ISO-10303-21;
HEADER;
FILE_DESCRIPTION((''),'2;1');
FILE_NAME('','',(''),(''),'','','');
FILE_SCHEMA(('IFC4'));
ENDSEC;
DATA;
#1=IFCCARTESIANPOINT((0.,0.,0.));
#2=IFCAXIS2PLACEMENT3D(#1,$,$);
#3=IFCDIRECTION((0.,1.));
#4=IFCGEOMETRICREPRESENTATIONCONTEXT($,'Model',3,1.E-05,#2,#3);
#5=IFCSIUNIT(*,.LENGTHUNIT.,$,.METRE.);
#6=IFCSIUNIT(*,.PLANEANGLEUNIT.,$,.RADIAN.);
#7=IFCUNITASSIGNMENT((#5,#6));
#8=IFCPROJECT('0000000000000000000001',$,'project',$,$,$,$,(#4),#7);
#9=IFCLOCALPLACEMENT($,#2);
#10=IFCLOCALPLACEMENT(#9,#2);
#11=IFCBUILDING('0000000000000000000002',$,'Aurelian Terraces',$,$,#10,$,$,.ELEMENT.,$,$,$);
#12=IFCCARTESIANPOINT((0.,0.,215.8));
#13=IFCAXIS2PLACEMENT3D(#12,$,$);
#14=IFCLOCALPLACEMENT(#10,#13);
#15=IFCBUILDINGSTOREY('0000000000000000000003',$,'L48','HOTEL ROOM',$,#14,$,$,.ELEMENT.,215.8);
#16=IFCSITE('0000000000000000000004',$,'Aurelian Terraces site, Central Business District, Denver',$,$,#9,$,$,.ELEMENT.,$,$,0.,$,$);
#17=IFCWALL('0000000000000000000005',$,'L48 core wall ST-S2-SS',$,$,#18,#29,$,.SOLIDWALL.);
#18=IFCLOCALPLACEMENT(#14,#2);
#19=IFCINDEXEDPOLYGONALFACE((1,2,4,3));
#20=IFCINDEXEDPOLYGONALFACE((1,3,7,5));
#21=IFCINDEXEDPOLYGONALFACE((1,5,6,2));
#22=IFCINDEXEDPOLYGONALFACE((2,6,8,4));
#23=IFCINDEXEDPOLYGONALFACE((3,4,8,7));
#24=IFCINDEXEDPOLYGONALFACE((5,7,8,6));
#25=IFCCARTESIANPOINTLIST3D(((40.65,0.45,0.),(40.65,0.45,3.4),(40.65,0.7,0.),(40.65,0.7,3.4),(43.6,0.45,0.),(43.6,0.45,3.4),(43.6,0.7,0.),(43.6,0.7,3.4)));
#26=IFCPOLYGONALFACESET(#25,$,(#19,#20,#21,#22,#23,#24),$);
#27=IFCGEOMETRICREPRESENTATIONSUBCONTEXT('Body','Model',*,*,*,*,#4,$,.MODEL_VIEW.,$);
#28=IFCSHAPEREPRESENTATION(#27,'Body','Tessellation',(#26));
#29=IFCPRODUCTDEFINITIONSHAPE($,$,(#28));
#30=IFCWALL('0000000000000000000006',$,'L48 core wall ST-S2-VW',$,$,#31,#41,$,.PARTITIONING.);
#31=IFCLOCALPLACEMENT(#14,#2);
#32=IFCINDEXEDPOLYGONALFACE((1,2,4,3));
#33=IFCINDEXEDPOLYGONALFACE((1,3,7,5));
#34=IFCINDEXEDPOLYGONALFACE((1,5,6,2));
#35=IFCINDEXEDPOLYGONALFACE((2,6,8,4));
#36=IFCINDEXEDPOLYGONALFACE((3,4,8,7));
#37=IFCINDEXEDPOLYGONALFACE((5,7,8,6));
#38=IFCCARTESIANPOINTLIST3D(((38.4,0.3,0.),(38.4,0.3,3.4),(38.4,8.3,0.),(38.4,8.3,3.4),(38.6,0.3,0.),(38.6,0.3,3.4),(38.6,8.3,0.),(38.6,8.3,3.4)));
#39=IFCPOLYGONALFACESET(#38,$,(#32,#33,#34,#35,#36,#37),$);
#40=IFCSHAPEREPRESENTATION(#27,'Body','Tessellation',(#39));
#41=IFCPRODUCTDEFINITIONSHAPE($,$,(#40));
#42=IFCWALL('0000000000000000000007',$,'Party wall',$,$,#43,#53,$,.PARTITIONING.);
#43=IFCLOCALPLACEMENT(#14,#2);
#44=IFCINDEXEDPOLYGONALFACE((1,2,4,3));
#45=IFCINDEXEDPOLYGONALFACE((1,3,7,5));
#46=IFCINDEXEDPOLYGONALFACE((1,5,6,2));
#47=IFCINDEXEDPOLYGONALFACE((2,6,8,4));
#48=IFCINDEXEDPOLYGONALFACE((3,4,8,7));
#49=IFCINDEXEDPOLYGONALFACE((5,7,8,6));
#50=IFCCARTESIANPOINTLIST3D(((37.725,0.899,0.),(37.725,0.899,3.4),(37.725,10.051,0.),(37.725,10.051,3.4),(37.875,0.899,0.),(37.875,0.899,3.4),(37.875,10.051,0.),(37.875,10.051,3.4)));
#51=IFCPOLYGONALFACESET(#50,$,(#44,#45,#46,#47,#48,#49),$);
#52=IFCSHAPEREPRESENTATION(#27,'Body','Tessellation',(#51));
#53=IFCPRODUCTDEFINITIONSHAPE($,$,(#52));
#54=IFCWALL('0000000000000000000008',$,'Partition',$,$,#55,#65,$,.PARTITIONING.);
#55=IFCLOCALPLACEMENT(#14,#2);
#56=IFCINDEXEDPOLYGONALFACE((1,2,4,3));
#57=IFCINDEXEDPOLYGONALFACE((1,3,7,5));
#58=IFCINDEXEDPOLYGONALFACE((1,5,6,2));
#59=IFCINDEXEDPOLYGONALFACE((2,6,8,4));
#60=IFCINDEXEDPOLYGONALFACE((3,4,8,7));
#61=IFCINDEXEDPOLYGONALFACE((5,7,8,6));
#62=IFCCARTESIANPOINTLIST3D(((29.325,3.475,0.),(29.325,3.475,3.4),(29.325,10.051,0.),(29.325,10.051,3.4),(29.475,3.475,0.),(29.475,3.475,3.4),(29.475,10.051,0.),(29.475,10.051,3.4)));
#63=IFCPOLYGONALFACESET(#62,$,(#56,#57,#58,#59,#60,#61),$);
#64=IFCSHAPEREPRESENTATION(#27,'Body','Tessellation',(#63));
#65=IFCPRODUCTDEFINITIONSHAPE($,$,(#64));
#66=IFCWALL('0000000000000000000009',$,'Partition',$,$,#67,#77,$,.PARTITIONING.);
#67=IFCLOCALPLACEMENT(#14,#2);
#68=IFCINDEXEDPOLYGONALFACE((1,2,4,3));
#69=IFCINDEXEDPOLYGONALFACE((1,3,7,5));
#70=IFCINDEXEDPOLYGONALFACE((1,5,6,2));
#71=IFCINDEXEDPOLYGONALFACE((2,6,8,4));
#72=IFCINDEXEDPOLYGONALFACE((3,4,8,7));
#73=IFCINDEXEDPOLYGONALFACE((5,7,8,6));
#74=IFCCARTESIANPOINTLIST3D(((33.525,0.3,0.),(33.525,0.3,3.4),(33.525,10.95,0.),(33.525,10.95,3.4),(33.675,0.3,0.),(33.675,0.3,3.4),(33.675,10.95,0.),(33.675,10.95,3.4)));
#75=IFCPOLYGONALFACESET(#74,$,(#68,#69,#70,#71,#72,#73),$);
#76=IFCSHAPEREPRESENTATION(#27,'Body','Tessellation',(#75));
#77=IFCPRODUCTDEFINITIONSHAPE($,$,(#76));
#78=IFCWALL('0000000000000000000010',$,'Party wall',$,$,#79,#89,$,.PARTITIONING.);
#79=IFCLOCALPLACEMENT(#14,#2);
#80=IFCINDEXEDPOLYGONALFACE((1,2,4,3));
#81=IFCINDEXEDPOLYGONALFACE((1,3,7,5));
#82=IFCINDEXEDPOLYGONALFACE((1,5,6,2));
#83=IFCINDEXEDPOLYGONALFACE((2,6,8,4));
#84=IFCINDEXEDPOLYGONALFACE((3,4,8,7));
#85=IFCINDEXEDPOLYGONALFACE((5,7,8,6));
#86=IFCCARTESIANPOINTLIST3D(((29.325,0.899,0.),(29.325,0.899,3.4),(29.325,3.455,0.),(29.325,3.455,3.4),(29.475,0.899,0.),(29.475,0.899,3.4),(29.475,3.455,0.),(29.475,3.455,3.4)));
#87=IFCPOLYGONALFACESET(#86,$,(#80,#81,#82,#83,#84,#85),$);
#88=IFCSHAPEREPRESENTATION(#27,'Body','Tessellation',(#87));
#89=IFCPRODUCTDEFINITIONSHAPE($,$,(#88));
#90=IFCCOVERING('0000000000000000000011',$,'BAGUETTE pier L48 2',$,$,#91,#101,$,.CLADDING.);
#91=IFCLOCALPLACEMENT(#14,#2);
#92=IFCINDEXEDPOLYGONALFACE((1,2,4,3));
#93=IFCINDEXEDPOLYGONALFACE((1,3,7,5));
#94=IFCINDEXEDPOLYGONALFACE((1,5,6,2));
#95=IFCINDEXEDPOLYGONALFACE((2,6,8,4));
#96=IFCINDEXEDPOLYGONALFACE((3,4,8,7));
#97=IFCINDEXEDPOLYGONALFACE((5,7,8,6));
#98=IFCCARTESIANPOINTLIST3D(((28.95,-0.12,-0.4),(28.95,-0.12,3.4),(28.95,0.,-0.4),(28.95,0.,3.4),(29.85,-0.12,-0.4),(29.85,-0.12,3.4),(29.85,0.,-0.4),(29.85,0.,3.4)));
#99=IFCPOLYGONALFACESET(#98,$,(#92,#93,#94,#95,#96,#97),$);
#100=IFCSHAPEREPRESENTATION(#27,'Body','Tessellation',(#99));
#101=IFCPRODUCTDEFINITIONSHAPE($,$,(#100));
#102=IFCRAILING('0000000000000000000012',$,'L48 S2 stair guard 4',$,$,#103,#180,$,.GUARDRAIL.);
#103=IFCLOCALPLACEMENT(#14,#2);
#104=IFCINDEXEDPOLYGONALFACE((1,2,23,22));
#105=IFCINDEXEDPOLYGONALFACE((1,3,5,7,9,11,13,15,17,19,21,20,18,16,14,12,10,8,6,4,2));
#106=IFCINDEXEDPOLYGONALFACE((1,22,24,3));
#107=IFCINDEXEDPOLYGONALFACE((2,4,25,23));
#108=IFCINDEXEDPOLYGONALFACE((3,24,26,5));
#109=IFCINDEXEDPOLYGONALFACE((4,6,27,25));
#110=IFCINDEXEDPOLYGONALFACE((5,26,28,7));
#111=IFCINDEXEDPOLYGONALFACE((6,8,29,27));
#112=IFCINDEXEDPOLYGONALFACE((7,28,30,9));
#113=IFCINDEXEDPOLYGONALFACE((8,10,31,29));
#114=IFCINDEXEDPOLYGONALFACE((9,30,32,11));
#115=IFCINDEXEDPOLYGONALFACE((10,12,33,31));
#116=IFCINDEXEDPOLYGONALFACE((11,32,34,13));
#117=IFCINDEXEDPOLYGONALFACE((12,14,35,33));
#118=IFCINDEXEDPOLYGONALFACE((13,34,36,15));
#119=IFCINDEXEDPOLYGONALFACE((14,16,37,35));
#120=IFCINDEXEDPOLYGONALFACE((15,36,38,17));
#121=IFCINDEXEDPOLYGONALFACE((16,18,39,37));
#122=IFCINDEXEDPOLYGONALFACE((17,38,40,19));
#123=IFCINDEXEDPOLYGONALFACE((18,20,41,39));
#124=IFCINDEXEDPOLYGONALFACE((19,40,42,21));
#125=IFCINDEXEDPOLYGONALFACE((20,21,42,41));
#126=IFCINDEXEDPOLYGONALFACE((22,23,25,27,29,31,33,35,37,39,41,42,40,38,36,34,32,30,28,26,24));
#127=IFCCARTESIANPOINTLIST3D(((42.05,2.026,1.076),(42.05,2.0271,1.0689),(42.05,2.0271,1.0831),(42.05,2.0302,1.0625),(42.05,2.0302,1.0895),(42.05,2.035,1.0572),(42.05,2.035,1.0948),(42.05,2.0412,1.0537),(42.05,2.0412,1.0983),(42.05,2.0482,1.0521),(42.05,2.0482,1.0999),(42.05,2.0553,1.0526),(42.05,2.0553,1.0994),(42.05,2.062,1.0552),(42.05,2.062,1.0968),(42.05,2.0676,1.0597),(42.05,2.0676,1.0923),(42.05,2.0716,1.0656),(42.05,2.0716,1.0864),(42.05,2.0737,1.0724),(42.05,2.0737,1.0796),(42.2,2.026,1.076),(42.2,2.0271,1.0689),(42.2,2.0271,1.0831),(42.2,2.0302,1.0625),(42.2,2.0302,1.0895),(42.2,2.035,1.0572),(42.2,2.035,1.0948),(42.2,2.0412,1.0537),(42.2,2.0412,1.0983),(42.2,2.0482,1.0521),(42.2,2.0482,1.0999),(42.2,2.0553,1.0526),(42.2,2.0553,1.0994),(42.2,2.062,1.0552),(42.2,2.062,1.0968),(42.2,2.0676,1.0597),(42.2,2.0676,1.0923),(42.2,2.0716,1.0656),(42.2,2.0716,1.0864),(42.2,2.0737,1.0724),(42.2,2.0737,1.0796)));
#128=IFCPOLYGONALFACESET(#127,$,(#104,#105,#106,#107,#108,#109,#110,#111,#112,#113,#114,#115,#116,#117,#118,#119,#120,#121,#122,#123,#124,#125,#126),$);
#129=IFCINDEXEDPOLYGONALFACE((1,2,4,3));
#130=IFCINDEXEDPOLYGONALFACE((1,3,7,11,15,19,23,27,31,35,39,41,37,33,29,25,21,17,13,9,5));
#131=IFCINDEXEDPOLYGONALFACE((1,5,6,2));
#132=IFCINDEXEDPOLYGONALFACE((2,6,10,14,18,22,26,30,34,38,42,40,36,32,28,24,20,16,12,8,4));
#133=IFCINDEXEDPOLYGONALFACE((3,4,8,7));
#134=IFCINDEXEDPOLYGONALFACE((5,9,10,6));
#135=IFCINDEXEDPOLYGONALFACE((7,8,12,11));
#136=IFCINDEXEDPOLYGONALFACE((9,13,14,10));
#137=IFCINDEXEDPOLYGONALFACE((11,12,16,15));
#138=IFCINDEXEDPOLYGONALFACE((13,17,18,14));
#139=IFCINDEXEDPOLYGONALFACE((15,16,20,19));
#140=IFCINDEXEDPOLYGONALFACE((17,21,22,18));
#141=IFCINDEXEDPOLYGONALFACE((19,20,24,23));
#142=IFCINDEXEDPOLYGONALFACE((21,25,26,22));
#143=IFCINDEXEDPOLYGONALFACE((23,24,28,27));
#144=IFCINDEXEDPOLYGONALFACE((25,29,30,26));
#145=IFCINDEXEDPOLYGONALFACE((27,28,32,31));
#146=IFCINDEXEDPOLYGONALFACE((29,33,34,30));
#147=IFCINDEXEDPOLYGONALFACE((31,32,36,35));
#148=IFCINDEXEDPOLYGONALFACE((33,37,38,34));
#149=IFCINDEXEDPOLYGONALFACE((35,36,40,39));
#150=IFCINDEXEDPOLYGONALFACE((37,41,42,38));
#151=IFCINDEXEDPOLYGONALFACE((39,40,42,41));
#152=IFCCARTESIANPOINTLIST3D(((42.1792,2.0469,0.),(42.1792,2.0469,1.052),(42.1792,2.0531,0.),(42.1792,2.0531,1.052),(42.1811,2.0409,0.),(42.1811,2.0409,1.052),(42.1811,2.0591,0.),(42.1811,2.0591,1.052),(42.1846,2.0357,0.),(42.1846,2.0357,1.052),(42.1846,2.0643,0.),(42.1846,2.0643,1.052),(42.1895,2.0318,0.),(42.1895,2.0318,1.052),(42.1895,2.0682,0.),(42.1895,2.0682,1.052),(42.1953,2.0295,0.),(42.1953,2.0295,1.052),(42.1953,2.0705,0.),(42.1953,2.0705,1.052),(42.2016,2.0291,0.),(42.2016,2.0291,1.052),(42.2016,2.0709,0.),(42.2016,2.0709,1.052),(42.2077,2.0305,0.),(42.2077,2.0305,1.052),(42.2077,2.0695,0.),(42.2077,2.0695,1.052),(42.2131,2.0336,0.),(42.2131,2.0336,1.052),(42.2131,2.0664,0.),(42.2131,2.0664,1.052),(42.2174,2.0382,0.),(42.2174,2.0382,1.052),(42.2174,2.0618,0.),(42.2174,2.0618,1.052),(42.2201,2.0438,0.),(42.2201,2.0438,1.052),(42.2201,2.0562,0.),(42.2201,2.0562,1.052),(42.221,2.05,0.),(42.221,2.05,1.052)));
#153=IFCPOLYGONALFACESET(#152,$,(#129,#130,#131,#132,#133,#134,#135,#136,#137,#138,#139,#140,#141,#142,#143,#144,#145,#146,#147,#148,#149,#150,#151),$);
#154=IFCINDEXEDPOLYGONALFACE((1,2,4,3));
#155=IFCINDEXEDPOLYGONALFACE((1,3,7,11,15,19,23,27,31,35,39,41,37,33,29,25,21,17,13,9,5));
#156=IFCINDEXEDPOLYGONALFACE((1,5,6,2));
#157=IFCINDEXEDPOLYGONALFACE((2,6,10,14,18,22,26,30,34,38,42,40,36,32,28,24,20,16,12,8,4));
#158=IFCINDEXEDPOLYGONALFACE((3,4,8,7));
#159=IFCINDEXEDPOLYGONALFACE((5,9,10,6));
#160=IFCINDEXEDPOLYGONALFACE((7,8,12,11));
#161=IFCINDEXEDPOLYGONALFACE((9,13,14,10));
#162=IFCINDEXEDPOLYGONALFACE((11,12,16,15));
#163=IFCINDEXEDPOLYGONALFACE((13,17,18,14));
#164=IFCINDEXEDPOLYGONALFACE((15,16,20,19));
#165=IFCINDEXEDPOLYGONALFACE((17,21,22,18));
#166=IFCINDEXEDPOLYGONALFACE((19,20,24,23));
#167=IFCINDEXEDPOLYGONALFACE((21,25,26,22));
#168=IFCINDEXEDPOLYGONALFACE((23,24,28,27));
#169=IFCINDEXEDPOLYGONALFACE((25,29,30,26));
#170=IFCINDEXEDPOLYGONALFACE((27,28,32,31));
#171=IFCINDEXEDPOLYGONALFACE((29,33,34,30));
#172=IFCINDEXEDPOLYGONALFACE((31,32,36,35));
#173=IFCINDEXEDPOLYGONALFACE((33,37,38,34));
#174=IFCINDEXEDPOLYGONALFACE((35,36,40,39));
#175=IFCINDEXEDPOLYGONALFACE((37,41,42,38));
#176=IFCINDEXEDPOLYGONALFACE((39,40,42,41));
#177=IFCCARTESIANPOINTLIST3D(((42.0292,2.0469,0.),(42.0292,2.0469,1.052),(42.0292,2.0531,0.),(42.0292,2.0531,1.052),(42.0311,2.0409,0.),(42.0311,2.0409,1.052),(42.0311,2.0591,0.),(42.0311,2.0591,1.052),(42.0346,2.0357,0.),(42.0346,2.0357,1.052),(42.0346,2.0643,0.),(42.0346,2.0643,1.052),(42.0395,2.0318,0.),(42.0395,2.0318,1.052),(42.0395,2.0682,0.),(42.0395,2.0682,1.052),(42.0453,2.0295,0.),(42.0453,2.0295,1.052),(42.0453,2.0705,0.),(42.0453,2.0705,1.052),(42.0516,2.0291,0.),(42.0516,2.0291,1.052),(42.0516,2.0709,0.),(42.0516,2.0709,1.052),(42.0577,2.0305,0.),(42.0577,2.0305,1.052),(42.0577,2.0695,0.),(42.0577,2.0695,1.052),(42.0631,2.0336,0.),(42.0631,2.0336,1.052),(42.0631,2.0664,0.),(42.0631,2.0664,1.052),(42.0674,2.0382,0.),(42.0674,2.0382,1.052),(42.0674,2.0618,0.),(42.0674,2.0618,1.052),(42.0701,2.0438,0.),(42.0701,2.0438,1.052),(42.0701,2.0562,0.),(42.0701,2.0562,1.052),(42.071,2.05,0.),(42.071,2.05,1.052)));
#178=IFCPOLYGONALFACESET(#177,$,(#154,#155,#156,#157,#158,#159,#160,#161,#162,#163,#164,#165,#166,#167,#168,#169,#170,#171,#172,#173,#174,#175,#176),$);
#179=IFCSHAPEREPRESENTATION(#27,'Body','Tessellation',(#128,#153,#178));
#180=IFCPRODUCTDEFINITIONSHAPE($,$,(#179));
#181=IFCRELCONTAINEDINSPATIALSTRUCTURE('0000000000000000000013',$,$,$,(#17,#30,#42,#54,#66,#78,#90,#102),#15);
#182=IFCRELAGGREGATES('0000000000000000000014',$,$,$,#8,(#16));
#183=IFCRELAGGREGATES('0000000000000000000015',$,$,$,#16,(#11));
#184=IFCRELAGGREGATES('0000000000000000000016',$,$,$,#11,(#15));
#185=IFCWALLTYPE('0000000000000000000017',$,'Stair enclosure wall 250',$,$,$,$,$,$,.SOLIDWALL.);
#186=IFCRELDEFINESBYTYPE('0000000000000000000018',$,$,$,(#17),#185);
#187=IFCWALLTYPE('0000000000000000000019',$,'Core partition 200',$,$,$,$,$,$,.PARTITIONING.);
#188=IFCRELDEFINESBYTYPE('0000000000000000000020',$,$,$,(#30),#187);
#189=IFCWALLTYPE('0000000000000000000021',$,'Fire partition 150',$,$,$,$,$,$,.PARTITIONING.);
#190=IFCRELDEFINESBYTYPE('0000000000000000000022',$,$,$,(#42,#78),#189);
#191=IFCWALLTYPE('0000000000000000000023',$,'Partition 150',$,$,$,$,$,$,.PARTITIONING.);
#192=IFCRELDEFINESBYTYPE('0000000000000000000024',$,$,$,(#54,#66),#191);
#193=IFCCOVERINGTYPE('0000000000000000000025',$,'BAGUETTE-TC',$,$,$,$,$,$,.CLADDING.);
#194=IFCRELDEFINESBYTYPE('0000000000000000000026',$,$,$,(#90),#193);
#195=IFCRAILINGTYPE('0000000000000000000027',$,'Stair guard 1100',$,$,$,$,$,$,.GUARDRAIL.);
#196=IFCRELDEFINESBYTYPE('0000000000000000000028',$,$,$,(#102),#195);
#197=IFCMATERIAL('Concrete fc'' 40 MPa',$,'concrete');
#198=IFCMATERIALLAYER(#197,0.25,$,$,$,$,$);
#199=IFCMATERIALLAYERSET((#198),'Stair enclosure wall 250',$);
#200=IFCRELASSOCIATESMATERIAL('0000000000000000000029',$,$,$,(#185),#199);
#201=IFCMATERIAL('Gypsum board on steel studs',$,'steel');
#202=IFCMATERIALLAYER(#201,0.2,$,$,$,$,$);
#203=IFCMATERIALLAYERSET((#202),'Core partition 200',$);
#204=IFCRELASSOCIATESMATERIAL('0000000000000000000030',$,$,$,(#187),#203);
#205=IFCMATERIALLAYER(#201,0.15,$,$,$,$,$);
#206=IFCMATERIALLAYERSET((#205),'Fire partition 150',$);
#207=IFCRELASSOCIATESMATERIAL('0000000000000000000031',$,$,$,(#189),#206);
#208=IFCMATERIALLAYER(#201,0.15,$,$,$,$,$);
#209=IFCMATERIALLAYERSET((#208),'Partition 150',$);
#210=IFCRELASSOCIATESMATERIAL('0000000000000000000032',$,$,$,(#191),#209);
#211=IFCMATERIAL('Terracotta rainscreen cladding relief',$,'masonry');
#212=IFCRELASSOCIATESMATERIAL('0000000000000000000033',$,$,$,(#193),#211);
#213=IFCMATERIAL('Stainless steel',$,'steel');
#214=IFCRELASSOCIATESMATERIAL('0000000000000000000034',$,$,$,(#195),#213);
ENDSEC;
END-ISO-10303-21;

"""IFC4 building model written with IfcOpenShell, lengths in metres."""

from ifc_helpers import new_model, si_unit, direction, frame, frame_2d, origin, origin_2d, place, context, subcontext, project, spatial, rectangle, circle, extrude, source, transform, mapped, material, layer, layer_set, type_object, element, save


model = new_model("IFC4")

# Units and contexts
model_context = context("Model", 3, precision=1e-05, world=origin(), true_north=direction((0.0, 1.0)))
body_context = subcontext(model_context, "Body", "Model", "MODEL_VIEW")
ifc_project = project(units=[si_unit("LENGTHUNIT", "METRE"), si_unit("PLANEANGLEUNIT", "RADIAN")], contexts=[model_context])

# Site, building, storey
site_placement = place(None, origin())
site = spatial("IfcSite", under=ifc_project, at=site_placement, Name="Aurelian Terraces site, Central Business District, Denver", CompositionType="ELEMENT", RefElevation=0.0)
building_placement = place(site_placement, origin())
building = spatial("IfcBuilding", under=site, at=building_placement, Name="Aurelian Terraces", CompositionType="ELEMENT")
storey_placement = place(building_placement, frame((0.0, 0.0, 215.8)))
storey = spatial("IfcBuildingStorey", under=building, at=storey_placement, Name="L48", Description="HOTEL ROOM", CompositionType="ELEMENT", Elevation=215.8)

# Shared definitions
ifc_material_1 = material(Name="Concrete fc' 40 MPa", Category="concrete")

# Shared definitions
ifc_layer_1 = layer(ifc_material_1, 0.25)
ifc_layer_set_1 = layer_set([ifc_layer_1], Name="Stair enclosure wall 250")
wall_type_1 = type_object("IfcWallType", Name="Stair enclosure wall 250", PredefinedType="SOLIDWALL", material=ifc_layer_set_1)

# Walls
shared_shape_1 = source(origin(), body_context, "Body", "SweptSolid", [
    extrude(rectangle(XDim=2.95, YDim=0.25, at=frame_2d((1.475, 0.0))), origin(), (0.0, 0.0, 1.0), 3.4),
])
wall_1_placement = place(storey_placement, frame((40.65, 0.575, 0.0), z_axis=(0.0, 0.0, 1.0), x_axis=(1.0, 0.0, 0.0)))
element("IfcWall", 1, at=wall_1_placement, inside=storey, type_object=wall_type_1, Name="L48 core wall ST-S2-SS", PredefinedType="SOLIDWALL", context=body_context, shape_type="MappedRepresentation", body=[
    mapped(shared_shape_1, transform((0.0, 0.0, 0.0), scale=1.0)),
])
ifc_material_2 = material(Name="Gypsum board on steel studs", Category="steel")
ifc_layer_2 = layer(ifc_material_2, 0.2)
ifc_layer_set_2 = layer_set([ifc_layer_2], Name="Core partition 200")
wall_type_2 = type_object("IfcWallType", Name="Core partition 200", PredefinedType="PARTITIONING", material=ifc_layer_set_2)
shared_shape_2 = source(origin(), body_context, "Body", "SweptSolid", [
    extrude(rectangle(XDim=8.0, YDim=0.2, at=frame_2d((4.0, 0.0))), origin(), (0.0, 0.0, 1.0), 3.4),
])
wall_2_placement = place(storey_placement, frame((38.5, 0.3, 0.0), z_axis=(0.0, 0.0, 1.0), x_axis=(0.0, 1.0, 0.0)))
element("IfcWall", 2, at=wall_2_placement, inside=storey, type_object=wall_type_2, Name="L48 core wall ST-S2-VW", PredefinedType="PARTITIONING", context=body_context, shape_type="MappedRepresentation", body=[
    mapped(shared_shape_2, transform((0.0, 0.0, 0.0), scale=1.0)),
])
ifc_layer_3 = layer(ifc_material_2, 0.15)
ifc_layer_set_3 = layer_set([ifc_layer_3], Name="Fire partition 150")
wall_type_3 = type_object("IfcWallType", Name="Fire partition 150", PredefinedType="PARTITIONING", material=ifc_layer_set_3)
shared_shape_3 = source(origin(), body_context, "Body", "SweptSolid", [
    extrude(rectangle(XDim=9.152, YDim=0.15, at=frame_2d((4.576, 0.0))), origin(), (0.0, 0.0, 1.0), 3.4),
])
wall_3_placement = place(storey_placement, frame((37.8, 0.899, 0.0), z_axis=(0.0, 0.0, 1.0), x_axis=(0.0, 1.0, 0.0)))
element("IfcWall", 3, at=wall_3_placement, inside=storey, type_object=wall_type_3, Name="Party wall", PredefinedType="PARTITIONING", context=body_context, shape_type="MappedRepresentation", body=[
    mapped(shared_shape_3, transform((0.0, 0.0, 0.0), scale=1.0)),
])
ifc_layer_4 = layer(ifc_material_2, 0.15)
ifc_layer_set_4 = layer_set([ifc_layer_4], Name="Partition 150")
wall_type_4 = type_object("IfcWallType", Name="Partition 150", PredefinedType="PARTITIONING", material=ifc_layer_set_4)
shared_shape_4 = source(origin(), body_context, "Body", "SweptSolid", [
    extrude(rectangle(XDim=6.576, YDim=0.15, at=frame_2d((3.288, 0.0))), origin(), (0.0, 0.0, 1.0), 3.4),
])
wall_4_placement = place(storey_placement, frame((29.4, 3.475, 0.0), z_axis=(0.0, 0.0, 1.0), x_axis=(0.0, 1.0, 0.0)))
element("IfcWall", 4, at=wall_4_placement, inside=storey, type_object=wall_type_4, Name="Partition", PredefinedType="PARTITIONING", context=body_context, shape_type="MappedRepresentation", body=[
    mapped(shared_shape_4, transform((0.0, 0.0, 0.0), scale=1.0)),
])
shared_shape_5 = source(origin(), body_context, "Body", "SweptSolid", [
    extrude(rectangle(XDim=10.65, YDim=0.15, at=frame_2d((5.325, 0.0))), origin(), (0.0, 0.0, 1.0), 3.4),
])
wall_5_placement = place(storey_placement, frame((33.6, 0.3, 0.0), z_axis=(0.0, 0.0, 1.0), x_axis=(0.0, 1.0, 0.0)))
element("IfcWall", 5, at=wall_5_placement, inside=storey, type_object=wall_type_4, Name="Partition", PredefinedType="PARTITIONING", context=body_context, shape_type="MappedRepresentation", body=[
    mapped(shared_shape_5, transform((0.0, 0.0, 0.0), scale=1.0)),
])
shared_shape_6 = source(origin(), body_context, "Body", "SweptSolid", [
    extrude(rectangle(XDim=2.556, YDim=0.15, at=frame_2d((1.278, 0.0))), origin(), (0.0, 0.0, 1.0), 3.4),
])
wall_6_placement = place(storey_placement, frame((29.4, 0.899, 0.0), z_axis=(0.0, 0.0, 1.0), x_axis=(0.0, 1.0, 0.0)))
element("IfcWall", 6, at=wall_6_placement, inside=storey, type_object=wall_type_3, Name="Party wall", PredefinedType="PARTITIONING", context=body_context, shape_type="MappedRepresentation", body=[
    mapped(shared_shape_6, transform((0.0, 0.0, 0.0), scale=1.0)),
])

# Covering
ifc_material_3 = material(Name="Terracotta rainscreen cladding relief", Category="masonry")
covering_type = type_object("IfcCoveringType", Name="BAGUETTE-TC", PredefinedType="CLADDING", material=ifc_material_3)
shared_shape_7 = source(origin(), body_context, "Body", "SweptSolid", [
    extrude(rectangle(XDim=0.9, YDim=0.12, at=origin_2d()), origin(), (0.0, 0.0, 1.0), 3.8),
])
covering_placement = place(storey_placement, frame((29.4, -0.06, -0.4), z_axis=(0.0, 0.0, 1.0), x_axis=(1.0, 0.0, 0.0)))
element("IfcCovering", 7, at=covering_placement, inside=storey, type_object=covering_type, Name="BAGUETTE pier L48 2", PredefinedType="CLADDING", context=body_context, shape_type="MappedRepresentation", body=[
    mapped(shared_shape_7, transform((0.0, 0.0, 0.0), scale=1.0)),
])

# Railing
ifc_material_4 = material(Name="Stainless steel", Category="steel")
railing_type = type_object("IfcRailingType", Name="Stair guard 1100", PredefinedType="GUARDRAIL", material=ifc_material_4)
shared_shape_8 = source(origin(), body_context, "Body", "SweptSolid", [
    extrude(circle(Radius=0.024, at=origin_2d()), frame((0.0, 0.0, 1.076), z_axis=(-1.0, 0.0, 0.0), x_axis=(0.0, -1.0, 0.0)), (0.0, 0.0, 1.0), 0.15),
    extrude(circle(Radius=0.021, at=origin_2d()), origin(), (0.0, 0.0, 1.0), 1.052),
    extrude(circle(Radius=0.021, at=origin_2d()), frame((-0.15, 0.0, 0.0)), (0.0, 0.0, 1.0), 1.052),
])
railing_placement = place(storey_placement, frame((42.2, 2.05, 0.0)))
element("IfcRailing", 8, at=railing_placement, inside=storey, type_object=railing_type, Name="L48 S2 stair guard 4", PredefinedType="GUARDRAIL", context=body_context, shape_type="MappedRepresentation", body=[
    mapped(shared_shape_8, transform((0.0, 0.0, 0.0), scale=1.0)),
])

save(model, "model.ifc")
